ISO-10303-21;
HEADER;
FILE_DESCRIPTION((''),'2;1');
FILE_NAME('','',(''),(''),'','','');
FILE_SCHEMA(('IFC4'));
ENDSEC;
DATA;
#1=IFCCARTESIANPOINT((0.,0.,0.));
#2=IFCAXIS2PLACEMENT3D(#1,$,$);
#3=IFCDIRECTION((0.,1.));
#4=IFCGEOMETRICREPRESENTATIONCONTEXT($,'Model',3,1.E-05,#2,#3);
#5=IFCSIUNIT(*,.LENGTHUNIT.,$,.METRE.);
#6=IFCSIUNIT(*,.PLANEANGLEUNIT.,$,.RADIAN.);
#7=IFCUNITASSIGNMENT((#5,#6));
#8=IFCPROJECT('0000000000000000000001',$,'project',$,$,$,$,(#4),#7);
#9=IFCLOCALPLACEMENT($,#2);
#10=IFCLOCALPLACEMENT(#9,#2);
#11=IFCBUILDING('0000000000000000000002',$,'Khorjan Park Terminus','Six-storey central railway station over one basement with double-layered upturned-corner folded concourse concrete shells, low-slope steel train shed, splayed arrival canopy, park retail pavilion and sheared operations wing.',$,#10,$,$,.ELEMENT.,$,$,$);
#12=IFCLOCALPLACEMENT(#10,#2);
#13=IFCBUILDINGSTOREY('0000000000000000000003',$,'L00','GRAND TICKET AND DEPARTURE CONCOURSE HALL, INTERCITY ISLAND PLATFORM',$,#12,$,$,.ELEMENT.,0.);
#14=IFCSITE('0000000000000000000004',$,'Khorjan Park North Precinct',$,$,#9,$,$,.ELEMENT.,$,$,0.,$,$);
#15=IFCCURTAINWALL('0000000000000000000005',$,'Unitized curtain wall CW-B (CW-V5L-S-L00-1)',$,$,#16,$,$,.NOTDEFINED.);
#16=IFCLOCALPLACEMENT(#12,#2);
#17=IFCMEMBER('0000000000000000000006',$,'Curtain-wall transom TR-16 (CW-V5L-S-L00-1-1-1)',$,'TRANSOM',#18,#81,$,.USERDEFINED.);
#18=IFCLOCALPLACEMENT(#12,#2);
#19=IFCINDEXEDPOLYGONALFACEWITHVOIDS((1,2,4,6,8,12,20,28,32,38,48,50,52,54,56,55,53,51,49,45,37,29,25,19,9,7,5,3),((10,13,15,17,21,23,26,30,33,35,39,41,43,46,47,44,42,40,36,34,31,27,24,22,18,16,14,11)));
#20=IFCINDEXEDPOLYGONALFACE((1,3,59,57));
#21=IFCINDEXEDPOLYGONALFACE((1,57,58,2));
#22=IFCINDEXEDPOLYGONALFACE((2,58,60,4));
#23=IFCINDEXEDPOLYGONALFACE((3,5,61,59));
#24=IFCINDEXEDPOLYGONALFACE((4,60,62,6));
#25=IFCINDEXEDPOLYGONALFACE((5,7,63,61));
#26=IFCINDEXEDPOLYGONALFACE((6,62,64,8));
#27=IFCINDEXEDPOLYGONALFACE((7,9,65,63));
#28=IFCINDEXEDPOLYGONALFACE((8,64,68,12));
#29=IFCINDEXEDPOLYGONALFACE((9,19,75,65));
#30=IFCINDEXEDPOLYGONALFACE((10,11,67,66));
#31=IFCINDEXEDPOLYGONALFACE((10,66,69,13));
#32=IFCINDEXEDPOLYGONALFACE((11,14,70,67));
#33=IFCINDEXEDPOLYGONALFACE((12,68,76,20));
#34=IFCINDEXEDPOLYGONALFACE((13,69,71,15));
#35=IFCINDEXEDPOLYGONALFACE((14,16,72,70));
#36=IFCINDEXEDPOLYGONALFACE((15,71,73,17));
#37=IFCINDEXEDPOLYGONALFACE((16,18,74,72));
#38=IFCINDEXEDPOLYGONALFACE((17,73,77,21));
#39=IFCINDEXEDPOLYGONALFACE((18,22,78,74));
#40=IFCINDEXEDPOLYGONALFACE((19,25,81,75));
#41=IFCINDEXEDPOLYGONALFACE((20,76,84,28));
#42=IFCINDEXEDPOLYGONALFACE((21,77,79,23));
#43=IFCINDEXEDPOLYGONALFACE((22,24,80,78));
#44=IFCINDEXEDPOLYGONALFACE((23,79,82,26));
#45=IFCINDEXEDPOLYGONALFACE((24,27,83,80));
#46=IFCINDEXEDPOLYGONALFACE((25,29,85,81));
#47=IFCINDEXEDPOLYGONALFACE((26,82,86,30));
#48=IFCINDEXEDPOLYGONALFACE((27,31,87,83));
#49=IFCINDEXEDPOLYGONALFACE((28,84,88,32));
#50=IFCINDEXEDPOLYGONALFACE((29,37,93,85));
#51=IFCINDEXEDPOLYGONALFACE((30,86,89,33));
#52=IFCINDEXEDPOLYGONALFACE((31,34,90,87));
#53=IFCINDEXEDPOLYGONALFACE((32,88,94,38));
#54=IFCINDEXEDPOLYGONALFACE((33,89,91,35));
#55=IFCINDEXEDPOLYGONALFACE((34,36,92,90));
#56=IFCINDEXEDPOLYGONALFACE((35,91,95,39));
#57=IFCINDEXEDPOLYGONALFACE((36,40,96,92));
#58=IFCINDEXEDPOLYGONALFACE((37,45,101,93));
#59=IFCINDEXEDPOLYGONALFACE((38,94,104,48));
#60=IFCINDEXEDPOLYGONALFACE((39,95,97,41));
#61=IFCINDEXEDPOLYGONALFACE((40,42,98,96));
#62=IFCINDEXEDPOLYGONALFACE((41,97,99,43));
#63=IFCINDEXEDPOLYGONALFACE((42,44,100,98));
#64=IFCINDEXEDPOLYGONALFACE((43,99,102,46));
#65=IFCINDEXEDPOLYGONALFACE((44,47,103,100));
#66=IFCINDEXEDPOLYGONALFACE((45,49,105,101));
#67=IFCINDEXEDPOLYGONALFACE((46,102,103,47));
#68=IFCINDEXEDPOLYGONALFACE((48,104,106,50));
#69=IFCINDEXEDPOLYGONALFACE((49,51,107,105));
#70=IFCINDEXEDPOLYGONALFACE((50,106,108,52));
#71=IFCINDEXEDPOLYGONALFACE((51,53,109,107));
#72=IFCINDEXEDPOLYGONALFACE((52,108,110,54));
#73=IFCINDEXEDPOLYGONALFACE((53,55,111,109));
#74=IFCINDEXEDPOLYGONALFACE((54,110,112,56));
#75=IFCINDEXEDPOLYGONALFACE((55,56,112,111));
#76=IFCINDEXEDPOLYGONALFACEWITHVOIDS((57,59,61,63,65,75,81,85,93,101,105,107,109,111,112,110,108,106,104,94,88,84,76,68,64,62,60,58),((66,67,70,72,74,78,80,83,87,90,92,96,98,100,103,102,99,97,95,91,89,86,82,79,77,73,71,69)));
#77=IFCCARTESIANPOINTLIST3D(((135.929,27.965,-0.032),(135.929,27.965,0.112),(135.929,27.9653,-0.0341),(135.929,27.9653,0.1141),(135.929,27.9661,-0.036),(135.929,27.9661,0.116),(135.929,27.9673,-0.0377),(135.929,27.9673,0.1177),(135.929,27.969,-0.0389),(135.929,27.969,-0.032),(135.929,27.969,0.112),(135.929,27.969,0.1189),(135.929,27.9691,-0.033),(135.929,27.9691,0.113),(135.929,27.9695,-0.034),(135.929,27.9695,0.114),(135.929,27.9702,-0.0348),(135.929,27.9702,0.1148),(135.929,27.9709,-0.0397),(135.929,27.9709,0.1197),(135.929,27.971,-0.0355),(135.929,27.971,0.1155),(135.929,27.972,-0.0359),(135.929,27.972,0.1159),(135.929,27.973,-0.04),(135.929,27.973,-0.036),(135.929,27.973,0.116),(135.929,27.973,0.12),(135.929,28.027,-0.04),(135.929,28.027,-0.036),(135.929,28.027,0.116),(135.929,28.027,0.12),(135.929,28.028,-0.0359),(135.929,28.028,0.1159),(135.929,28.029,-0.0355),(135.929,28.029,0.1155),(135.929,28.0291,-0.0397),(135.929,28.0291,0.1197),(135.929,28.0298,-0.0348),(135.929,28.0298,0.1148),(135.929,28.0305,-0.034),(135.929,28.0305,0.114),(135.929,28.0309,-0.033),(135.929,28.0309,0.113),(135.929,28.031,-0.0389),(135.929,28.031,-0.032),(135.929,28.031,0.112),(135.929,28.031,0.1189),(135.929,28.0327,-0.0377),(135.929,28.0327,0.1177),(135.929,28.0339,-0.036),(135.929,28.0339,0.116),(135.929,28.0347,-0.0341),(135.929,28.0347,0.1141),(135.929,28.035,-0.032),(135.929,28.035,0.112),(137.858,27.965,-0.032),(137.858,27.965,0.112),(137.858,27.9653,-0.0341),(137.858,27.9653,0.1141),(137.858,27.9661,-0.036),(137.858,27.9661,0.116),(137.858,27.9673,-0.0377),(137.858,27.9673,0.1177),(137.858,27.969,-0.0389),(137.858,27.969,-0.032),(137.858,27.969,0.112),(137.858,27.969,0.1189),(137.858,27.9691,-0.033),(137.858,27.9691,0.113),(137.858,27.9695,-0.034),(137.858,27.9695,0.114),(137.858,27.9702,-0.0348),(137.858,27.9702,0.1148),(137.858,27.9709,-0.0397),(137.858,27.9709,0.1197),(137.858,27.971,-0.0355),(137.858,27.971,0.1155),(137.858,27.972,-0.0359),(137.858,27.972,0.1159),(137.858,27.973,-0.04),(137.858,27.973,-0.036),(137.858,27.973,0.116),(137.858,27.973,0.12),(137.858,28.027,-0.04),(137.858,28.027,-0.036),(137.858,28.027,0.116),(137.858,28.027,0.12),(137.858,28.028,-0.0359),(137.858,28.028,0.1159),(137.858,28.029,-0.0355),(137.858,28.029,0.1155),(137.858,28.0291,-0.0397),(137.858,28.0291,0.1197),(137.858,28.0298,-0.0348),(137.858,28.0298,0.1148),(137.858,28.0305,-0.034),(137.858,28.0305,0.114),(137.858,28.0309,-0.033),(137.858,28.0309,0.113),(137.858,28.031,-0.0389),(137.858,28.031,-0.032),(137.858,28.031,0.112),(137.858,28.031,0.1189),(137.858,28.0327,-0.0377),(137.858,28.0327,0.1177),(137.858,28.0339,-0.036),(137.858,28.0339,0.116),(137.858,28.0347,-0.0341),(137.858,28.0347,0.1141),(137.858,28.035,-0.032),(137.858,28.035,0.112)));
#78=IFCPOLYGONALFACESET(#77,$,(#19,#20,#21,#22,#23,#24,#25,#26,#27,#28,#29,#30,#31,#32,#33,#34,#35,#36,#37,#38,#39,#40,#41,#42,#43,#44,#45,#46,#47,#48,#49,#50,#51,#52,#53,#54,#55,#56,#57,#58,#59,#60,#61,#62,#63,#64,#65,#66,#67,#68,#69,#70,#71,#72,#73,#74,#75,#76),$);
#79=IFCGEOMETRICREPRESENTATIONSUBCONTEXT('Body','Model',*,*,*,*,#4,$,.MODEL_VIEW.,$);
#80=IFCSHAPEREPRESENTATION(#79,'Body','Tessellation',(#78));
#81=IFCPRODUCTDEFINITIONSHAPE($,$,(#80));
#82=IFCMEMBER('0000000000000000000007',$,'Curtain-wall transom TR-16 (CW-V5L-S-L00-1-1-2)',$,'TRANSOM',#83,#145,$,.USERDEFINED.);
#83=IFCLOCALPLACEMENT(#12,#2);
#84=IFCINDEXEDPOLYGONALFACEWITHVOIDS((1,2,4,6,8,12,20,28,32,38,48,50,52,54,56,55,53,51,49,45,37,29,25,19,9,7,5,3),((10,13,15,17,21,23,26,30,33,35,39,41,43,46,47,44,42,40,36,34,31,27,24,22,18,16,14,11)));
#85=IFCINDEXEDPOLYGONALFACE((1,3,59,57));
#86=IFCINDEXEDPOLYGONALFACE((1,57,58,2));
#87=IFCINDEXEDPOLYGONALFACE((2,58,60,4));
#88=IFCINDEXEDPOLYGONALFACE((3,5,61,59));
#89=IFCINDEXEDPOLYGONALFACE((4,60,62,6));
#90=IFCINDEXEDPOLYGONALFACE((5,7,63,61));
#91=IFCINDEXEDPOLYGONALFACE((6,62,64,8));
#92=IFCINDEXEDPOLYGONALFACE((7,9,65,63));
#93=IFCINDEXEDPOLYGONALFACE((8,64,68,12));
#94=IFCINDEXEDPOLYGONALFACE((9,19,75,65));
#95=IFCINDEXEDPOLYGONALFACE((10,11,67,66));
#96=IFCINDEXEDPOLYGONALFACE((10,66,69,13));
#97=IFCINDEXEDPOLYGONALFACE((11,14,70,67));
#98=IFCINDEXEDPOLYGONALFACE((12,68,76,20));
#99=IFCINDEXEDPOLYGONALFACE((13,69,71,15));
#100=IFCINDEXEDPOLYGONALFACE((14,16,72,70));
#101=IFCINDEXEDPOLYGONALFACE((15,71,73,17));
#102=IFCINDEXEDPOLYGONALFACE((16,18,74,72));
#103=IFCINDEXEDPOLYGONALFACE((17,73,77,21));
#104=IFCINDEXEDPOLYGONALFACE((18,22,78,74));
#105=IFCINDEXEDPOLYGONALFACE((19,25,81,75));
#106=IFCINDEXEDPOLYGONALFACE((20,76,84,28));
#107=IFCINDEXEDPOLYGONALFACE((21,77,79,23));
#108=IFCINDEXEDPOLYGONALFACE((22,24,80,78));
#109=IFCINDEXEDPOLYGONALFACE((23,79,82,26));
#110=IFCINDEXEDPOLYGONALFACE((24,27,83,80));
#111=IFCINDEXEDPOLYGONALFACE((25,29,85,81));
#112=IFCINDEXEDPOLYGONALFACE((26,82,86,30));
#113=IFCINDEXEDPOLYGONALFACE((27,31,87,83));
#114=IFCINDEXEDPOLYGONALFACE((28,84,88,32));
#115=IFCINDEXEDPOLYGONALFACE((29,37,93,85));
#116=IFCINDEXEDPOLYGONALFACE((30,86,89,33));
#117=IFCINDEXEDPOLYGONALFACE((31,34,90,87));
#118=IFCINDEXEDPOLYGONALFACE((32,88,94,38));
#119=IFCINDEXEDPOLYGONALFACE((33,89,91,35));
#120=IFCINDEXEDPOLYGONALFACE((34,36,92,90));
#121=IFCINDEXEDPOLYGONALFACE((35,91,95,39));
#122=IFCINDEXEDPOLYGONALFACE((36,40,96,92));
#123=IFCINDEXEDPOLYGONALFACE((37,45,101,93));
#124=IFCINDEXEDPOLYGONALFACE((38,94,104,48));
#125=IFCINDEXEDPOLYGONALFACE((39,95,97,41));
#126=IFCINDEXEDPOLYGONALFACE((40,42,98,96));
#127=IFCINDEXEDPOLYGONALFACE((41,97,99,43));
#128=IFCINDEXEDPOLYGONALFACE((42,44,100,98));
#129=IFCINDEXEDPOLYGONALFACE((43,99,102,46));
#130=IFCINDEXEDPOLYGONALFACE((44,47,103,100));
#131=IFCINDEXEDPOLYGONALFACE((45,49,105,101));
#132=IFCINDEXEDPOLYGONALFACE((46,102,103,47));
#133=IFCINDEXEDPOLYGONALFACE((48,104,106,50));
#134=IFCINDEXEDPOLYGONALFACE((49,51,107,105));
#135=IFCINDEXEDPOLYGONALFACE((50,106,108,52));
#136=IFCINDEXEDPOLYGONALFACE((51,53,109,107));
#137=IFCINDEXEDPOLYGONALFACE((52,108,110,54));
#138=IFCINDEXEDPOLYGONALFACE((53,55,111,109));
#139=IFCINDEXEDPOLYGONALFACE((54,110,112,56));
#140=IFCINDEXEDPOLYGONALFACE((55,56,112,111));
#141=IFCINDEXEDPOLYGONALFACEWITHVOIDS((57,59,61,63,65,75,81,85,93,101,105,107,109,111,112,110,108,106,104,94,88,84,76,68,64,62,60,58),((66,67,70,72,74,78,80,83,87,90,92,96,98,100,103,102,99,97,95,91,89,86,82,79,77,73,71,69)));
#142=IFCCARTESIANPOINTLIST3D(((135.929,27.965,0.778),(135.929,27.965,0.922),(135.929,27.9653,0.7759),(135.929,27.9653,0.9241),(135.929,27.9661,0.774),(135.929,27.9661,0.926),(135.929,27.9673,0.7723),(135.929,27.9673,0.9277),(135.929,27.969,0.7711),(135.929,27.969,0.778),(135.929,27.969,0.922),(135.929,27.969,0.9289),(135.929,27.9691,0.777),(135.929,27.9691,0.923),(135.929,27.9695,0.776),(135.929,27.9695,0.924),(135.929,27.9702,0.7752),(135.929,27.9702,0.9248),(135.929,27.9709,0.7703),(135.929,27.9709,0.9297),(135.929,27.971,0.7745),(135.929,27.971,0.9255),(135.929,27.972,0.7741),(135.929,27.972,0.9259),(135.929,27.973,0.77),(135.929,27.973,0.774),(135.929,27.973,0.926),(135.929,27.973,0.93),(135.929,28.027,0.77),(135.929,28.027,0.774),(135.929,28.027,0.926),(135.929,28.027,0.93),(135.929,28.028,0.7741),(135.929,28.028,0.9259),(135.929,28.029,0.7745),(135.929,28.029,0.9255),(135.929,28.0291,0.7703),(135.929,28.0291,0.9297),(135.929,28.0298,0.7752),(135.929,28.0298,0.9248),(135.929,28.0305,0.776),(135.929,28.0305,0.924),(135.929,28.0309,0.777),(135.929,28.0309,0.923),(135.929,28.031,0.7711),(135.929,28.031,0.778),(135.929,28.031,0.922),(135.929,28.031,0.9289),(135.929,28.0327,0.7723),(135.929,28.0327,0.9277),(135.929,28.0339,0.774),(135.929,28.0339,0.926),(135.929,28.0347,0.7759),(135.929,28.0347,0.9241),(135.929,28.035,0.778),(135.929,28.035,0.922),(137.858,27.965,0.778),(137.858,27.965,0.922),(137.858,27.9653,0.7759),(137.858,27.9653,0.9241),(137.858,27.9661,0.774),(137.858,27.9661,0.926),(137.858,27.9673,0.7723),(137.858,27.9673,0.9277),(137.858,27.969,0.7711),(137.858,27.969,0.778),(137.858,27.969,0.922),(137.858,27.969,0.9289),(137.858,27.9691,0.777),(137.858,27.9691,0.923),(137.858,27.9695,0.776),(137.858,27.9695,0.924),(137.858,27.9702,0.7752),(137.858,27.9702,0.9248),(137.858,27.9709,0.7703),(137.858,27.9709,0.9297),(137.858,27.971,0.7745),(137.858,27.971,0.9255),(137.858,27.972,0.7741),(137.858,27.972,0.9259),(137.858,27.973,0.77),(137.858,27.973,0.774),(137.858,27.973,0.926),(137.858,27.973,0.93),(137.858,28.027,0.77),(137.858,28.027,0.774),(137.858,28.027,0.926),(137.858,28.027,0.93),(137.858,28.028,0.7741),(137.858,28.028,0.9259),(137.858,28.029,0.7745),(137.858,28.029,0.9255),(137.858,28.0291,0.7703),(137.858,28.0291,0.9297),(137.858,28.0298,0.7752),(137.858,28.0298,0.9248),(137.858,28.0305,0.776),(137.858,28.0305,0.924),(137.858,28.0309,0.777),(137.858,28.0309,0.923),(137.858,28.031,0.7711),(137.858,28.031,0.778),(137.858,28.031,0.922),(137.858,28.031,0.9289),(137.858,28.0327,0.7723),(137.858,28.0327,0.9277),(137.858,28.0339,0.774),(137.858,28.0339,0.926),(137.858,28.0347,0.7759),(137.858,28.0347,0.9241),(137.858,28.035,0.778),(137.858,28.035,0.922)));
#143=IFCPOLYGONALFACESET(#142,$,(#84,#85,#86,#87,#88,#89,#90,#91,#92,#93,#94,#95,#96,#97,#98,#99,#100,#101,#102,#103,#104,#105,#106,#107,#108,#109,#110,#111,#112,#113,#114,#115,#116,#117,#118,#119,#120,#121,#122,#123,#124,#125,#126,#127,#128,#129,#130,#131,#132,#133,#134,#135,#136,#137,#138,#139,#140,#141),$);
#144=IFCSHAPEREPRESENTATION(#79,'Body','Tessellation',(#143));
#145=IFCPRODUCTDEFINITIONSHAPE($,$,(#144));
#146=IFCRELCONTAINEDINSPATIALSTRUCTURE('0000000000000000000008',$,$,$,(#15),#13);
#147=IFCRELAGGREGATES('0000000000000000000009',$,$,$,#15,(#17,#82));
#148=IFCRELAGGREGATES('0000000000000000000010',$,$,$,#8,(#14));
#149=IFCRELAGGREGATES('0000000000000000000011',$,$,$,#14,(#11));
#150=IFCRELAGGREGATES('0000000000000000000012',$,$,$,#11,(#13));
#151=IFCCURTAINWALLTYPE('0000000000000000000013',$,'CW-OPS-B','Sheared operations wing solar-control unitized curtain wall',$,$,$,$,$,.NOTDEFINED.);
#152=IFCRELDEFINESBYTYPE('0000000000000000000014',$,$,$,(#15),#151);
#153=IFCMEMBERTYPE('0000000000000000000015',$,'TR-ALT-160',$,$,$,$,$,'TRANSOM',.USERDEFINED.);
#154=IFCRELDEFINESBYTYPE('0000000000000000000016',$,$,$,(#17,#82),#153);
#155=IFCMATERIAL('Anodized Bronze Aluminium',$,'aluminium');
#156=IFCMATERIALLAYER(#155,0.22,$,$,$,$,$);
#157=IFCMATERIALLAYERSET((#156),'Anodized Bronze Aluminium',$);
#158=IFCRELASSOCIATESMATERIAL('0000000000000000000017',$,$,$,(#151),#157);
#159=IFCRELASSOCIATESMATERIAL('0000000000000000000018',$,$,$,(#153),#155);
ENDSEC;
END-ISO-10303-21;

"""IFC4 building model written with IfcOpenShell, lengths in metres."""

from ifc_helpers import new_model, si_unit, direction, frame, origin, origin_2d, place, context, subcontext, project, spatial, hollow_rectangle, extrude, material, layer, layer_set, material_profile, profile_set, type_object, element, aggregate, save


model = new_model("IFC4")

# Units and contexts
model_context = context("Model", 3, precision=1e-05, world=origin(), true_north=direction((0.0, 1.0)))
body_context = subcontext(model_context, "Body", "Model", "MODEL_VIEW")
ifc_project = project(units=[si_unit("LENGTHUNIT", "METRE"), si_unit("PLANEANGLEUNIT", "RADIAN")], contexts=[model_context])

# Site, building, storey
site_placement = place(None, origin())
site = spatial("IfcSite", under=ifc_project, at=site_placement, Name="Khorjan Park North Precinct", CompositionType="ELEMENT", RefElevation=0.0)
building_placement = place(site_placement, origin())
building = spatial("IfcBuilding", under=site, at=building_placement, Name="Khorjan Park Terminus", Description="Six-storey central railway station over one basement with double-layered upturned-corner folded concourse concrete shells, low-slope steel train shed, splayed arrival canopy, park retail pavilion and sheared operations wing.", CompositionType="ELEMENT")
storey_placement = place(building_placement, origin())
storey = spatial("IfcBuildingStorey", under=building, at=storey_placement, Name="L00", Description="GRAND TICKET AND DEPARTURE CONCOURSE HALL, INTERCITY ISLAND PLATFORM", CompositionType="ELEMENT", Elevation=0.0)

# Curtain wall, members
ifc_material_1 = material(Name="Anodized Bronze Aluminium", Category="aluminium")
ifc_layer_1 = layer(ifc_material_1, 0.22)
ifc_layer_set_1 = layer_set([ifc_layer_1], Name="Anodized Bronze Aluminium")
curtain_wall_type = type_object("IfcCurtainWallType", Name="CW-OPS-B", Description="Sheared operations wing solar-control unitized curtain wall", PredefinedType="NOTDEFINED", material=ifc_layer_set_1)
curtain_wall_placement = place(storey_placement, origin())
curtain_wall = element("IfcCurtainWall", 1, at=curtain_wall_placement, inside=storey, type_object=curtain_wall_type, Name="Unitized curtain wall CW-B (CW-V5L-S-L00-1)", PredefinedType="NOTDEFINED")
ifc_material_profile_1 = material_profile(ifc_material_1, hollow_rectangle(XDim=0.07, YDim=0.16, WallThickness=0.004, InnerFilletRadius=0.004, OuterFilletRadius=0.008, at=origin_2d()), Name="ALT 70x160x4")
ifc_profile_set_1 = profile_set([ifc_material_profile_1], Name="Anodized Bronze Aluminium")
member_type_1 = type_object("IfcMemberType", Name="TR-ALT-160", ElementType="TRANSOM", PredefinedType="USERDEFINED", material=ifc_profile_set_1)
member_1_placement = place(storey_placement, frame((135.929, 28.0, 0.04), z_axis=(1.0, 0.0, 0.0), x_axis=(0.0, 1.0, 0.0)))
member_1 = element("IfcMember", 2, at=member_1_placement, type_object=member_type_1, Name="Curtain-wall transom TR-16 (CW-V5L-S-L00-1-1-1)", ObjectType="TRANSOM", PredefinedType="USERDEFINED", context=body_context, shape_type="SweptSolid", body=[
    extrude(hollow_rectangle(XDim=0.07, YDim=0.16, WallThickness=0.004, InnerFilletRadius=0.004, OuterFilletRadius=0.008, at=origin_2d()), origin(), (0.0, 0.0, 1.0), 1.929),
])
member_2_placement = place(storey_placement, frame((135.929, 28.0, 0.85), z_axis=(1.0, 0.0, 0.0), x_axis=(0.0, 1.0, 0.0)))
member_2 = element("IfcMember", 3, at=member_2_placement, type_object=member_type_1, Name="Curtain-wall transom TR-16 (CW-V5L-S-L00-1-1-2)", ObjectType="TRANSOM", PredefinedType="USERDEFINED", context=body_context, shape_type="SweptSolid", body=[
    extrude(hollow_rectangle(XDim=0.07, YDim=0.16, WallThickness=0.004, InnerFilletRadius=0.004, OuterFilletRadius=0.008, at=origin_2d()), origin(), (0.0, 0.0, 1.0), 1.929),
])
aggregate(curtain_wall, [member_1, member_2])

save(model, "model.ifc")
